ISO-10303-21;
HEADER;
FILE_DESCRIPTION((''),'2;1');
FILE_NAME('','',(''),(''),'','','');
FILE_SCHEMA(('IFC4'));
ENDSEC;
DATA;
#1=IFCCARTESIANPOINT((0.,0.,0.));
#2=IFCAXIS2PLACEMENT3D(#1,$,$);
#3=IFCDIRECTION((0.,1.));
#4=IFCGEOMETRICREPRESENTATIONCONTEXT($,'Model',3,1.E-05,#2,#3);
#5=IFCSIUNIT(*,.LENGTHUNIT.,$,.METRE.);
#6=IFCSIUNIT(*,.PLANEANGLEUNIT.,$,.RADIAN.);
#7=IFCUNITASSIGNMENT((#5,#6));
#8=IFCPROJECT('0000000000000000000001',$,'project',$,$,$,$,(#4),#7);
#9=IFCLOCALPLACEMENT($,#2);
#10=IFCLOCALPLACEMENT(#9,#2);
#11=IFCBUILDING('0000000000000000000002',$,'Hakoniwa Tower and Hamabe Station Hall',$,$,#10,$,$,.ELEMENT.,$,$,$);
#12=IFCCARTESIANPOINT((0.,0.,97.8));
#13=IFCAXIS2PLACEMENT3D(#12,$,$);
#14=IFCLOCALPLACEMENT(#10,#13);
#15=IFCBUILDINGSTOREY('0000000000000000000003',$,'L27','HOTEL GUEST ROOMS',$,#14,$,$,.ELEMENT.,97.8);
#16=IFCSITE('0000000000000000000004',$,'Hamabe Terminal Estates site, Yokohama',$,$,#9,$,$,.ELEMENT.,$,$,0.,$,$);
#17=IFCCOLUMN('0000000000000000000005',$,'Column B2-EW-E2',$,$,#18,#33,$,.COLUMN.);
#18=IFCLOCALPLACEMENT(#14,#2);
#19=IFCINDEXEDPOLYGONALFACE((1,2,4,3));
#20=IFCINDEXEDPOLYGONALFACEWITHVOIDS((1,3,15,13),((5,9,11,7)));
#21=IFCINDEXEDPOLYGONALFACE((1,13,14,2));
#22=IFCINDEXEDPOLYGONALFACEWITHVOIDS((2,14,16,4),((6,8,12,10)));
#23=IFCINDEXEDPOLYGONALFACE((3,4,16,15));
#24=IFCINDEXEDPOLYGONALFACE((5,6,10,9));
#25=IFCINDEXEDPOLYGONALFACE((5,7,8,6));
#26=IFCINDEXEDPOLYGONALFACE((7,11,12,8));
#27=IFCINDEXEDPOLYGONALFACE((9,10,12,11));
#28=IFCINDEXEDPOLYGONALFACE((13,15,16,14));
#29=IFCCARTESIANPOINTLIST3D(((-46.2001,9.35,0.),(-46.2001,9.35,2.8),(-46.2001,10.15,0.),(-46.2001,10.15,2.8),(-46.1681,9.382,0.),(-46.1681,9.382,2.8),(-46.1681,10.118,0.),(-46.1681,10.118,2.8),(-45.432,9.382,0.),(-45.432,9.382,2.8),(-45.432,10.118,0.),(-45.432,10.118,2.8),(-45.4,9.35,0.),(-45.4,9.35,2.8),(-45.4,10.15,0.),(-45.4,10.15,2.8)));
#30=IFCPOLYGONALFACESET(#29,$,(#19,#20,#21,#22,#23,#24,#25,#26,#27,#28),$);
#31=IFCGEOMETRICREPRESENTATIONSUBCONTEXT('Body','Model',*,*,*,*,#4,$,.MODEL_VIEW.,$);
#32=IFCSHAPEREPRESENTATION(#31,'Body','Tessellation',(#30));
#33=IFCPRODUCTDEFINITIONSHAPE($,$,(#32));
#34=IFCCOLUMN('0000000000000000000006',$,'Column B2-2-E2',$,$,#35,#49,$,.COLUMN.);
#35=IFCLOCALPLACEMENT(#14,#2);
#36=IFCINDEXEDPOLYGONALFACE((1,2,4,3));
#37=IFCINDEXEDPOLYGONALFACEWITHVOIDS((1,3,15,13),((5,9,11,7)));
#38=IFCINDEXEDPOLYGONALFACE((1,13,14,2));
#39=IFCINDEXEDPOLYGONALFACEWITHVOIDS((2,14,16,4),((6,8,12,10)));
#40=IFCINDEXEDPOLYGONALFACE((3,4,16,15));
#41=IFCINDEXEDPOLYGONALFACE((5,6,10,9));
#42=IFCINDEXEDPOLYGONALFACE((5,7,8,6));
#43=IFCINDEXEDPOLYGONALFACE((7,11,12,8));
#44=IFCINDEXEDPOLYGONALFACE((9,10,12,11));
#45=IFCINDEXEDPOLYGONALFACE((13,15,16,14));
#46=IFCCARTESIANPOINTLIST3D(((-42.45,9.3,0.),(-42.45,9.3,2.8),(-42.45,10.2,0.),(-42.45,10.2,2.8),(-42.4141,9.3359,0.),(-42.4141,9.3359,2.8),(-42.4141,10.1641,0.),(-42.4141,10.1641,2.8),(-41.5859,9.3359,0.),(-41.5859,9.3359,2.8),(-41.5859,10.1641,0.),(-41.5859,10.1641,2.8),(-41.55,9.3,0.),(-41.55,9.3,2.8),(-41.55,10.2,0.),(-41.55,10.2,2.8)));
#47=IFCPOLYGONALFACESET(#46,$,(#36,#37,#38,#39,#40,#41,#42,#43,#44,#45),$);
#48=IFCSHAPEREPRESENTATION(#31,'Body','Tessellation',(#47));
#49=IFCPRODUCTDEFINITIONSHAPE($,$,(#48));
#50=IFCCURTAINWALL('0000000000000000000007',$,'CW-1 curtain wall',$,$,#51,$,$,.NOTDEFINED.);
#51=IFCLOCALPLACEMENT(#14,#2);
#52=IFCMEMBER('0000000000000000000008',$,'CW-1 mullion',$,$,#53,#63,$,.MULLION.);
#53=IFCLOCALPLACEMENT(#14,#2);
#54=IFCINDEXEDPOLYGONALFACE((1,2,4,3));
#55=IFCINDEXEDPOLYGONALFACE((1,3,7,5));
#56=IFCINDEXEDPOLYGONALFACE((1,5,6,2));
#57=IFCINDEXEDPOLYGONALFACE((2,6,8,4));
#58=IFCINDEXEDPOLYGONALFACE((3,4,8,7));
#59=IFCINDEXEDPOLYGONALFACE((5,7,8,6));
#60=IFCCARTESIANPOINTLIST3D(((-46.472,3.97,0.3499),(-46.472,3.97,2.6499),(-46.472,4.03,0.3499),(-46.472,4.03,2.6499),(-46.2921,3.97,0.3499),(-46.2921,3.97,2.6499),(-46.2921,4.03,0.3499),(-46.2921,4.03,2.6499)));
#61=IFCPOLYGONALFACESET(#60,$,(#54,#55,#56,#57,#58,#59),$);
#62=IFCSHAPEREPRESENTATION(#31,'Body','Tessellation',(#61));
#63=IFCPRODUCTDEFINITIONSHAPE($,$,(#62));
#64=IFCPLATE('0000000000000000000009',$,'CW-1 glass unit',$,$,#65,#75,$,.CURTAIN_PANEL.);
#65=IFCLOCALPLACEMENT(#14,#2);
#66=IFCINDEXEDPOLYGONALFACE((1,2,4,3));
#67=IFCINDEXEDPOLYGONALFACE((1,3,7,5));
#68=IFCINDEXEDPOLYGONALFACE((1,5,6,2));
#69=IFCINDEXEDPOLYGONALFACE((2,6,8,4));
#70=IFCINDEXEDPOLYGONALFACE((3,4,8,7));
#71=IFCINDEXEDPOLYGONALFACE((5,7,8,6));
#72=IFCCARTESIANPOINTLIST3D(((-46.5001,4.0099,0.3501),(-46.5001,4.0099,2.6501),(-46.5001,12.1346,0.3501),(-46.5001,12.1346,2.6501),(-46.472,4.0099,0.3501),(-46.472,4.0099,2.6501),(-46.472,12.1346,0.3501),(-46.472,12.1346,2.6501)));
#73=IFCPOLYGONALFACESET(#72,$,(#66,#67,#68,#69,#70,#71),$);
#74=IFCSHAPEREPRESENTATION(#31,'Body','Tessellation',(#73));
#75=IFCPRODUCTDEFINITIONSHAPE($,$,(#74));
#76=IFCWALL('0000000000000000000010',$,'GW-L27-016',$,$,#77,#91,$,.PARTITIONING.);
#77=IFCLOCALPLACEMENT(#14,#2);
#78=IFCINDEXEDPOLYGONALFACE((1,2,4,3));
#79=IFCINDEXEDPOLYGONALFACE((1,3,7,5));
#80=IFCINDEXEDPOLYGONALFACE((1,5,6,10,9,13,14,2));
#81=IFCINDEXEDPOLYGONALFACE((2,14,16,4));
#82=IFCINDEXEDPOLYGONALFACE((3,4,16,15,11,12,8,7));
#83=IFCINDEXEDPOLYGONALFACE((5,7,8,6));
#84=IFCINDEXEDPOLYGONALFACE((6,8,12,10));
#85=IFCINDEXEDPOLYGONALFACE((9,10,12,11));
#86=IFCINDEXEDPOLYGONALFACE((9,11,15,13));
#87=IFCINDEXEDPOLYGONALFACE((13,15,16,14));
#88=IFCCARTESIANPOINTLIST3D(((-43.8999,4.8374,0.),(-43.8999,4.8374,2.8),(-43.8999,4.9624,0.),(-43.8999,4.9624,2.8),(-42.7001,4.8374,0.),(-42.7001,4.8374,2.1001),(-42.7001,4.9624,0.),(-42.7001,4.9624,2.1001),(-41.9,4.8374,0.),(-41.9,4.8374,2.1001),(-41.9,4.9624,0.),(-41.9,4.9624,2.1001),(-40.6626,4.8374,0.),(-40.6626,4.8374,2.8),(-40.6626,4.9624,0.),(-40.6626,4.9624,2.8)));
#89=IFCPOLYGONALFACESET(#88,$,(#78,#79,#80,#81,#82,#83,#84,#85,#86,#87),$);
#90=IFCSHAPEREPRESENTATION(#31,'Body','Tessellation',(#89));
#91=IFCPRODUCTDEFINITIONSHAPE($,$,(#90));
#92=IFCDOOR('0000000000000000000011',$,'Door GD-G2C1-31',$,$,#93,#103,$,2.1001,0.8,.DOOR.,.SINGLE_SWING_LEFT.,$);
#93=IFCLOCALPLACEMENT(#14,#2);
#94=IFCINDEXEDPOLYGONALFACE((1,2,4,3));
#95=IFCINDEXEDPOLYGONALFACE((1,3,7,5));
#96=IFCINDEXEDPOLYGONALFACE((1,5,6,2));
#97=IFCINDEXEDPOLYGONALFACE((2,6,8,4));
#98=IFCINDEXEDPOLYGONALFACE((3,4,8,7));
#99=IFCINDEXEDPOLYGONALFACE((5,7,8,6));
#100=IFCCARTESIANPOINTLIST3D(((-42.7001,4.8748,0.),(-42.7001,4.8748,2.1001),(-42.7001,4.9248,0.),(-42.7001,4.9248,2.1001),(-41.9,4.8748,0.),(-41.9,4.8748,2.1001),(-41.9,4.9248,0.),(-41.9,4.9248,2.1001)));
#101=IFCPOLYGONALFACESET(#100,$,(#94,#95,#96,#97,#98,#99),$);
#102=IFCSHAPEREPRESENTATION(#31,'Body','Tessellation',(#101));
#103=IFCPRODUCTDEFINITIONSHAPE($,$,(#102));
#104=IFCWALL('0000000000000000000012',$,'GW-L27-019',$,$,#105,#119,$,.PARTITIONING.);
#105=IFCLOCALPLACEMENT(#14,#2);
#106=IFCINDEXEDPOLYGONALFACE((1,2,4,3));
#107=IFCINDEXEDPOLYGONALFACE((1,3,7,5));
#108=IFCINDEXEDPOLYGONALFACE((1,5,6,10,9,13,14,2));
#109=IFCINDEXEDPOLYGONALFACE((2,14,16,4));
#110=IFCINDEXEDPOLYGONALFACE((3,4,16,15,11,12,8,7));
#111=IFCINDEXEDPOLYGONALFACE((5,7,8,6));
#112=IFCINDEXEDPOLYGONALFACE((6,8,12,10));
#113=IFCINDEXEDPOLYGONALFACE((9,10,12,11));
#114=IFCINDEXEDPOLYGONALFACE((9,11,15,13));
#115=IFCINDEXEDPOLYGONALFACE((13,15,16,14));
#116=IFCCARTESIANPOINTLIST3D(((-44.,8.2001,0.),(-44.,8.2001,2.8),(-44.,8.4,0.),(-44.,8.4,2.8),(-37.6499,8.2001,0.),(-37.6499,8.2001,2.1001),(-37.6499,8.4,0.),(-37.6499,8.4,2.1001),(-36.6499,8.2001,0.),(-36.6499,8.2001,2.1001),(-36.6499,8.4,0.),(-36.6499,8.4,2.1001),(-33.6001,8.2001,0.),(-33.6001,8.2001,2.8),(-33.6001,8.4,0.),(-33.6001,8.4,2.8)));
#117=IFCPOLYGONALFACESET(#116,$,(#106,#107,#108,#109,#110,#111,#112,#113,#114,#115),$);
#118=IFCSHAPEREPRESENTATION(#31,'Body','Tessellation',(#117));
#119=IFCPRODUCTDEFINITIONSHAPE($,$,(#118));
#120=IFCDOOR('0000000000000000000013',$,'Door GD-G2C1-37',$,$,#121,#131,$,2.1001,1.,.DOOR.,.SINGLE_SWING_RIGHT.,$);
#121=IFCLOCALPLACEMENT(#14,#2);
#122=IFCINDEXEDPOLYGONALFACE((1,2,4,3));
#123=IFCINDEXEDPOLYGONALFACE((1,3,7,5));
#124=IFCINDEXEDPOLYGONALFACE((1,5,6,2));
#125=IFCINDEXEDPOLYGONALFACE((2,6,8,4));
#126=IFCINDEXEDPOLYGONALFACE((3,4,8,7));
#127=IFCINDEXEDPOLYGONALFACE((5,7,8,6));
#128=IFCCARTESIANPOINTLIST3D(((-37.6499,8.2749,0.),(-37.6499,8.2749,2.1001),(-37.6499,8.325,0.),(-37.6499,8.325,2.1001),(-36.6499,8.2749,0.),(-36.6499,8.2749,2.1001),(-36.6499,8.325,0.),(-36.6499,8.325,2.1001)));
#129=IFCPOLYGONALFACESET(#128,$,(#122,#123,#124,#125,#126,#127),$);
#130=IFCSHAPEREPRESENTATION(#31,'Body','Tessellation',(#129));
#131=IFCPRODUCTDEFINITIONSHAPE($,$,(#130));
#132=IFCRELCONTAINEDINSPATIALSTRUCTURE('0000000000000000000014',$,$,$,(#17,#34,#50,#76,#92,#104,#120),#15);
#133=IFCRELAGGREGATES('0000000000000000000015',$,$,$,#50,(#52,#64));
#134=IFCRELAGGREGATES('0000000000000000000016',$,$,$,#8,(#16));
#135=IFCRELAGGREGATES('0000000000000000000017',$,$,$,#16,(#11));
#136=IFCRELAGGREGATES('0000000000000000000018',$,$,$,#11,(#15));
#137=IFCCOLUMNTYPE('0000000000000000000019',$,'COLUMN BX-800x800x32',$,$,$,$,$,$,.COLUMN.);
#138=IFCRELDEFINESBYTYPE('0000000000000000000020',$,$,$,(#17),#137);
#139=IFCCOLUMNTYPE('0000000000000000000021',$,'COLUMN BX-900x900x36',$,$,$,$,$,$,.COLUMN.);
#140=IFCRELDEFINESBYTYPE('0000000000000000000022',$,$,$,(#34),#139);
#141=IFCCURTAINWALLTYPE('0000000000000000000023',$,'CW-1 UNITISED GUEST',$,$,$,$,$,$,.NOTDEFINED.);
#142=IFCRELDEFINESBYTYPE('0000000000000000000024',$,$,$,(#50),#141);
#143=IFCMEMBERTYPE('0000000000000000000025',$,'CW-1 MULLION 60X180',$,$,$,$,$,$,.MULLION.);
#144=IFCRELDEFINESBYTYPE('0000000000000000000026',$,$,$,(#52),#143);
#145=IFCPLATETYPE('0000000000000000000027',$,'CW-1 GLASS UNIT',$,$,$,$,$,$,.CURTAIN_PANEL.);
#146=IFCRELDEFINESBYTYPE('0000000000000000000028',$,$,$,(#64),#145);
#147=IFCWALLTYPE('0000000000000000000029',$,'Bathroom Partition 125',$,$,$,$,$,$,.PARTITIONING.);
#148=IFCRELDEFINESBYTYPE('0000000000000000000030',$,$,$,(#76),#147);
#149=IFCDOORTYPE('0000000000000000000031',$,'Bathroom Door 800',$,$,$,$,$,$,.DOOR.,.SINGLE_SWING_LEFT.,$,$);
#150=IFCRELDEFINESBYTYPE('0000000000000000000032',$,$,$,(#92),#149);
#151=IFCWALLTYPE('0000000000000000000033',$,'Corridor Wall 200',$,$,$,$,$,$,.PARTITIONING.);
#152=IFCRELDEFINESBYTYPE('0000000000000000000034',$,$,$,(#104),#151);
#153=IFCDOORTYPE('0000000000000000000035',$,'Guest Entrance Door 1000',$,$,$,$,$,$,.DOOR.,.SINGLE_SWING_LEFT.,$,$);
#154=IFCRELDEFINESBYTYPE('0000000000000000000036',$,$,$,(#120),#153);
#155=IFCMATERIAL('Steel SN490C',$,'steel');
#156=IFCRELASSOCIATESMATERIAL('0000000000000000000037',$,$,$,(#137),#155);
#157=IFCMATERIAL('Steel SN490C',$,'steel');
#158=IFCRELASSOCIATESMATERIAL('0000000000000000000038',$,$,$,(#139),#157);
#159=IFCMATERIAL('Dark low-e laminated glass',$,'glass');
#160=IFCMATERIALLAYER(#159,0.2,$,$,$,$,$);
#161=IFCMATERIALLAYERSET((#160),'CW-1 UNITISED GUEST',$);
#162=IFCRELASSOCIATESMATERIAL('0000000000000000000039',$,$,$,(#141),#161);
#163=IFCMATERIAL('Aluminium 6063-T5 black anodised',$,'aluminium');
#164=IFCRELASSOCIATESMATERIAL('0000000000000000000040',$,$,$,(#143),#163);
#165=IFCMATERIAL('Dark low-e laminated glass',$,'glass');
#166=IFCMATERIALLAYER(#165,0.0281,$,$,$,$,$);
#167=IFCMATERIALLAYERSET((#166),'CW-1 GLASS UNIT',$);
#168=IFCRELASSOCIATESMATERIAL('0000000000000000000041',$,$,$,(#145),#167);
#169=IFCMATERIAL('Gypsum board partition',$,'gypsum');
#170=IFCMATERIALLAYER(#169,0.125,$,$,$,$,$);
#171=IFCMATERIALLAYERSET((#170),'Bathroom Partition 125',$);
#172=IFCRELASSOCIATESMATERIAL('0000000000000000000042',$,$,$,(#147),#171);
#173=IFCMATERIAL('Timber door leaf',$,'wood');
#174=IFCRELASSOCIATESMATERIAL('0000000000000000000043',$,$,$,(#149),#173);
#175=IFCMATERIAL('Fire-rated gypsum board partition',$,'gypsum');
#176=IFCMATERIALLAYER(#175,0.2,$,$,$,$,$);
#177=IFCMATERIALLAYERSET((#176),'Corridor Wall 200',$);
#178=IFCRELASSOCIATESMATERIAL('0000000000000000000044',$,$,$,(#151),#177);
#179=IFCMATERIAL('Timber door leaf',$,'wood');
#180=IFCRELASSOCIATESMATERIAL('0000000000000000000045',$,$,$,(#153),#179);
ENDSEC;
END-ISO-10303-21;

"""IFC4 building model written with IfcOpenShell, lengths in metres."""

from ifc_helpers import new_model, si_unit, direction, frame, frame_2d, origin, origin_2d, place, context, subcontext, project, spatial, rectangle, hollow_rectangle, extrude, material, layer, layer_set, material_profile, profile_set, type_object, element, fill, aggregate, save


model = new_model("IFC4")

# Units and contexts
model_context = context("Model", 3, precision=1e-05, world=origin(), true_north=direction((0.0, 1.0)))
body_context = subcontext(model_context, "Body", "Model", "MODEL_VIEW")
ifc_project = project(units=[si_unit("LENGTHUNIT", "METRE"), si_unit("PLANEANGLEUNIT", "RADIAN")], contexts=[model_context])

# Site, building, storey
site_placement = place(None, origin())
site = spatial("IfcSite", under=ifc_project, at=site_placement, Name="Hamabe Terminal Estates site, Yokohama", CompositionType="ELEMENT", RefElevation=0.0)
building_placement = place(site_placement, origin())
building = spatial("IfcBuilding", under=site, at=building_placement, Name="Hakoniwa Tower and Hamabe Station Hall", CompositionType="ELEMENT")
storey_placement = place(building_placement, frame((0.0, 0.0, 97.8)))
storey = spatial("IfcBuildingStorey", under=building, at=storey_placement, Name="L27", Description="HOTEL GUEST ROOMS", CompositionType="ELEMENT", Elevation=97.8)

# Columns
ifc_material_1 = material(Name="Steel SN490C", Category="steel")
ifc_material_profile_1 = material_profile(ifc_material_1, hollow_rectangle(XDim=0.8, YDim=0.8, WallThickness=0.032, at=origin_2d()), Name="BX-800x800x32")
ifc_profile_set_1 = profile_set([ifc_material_profile_1], Name="Steel SN490C")
column_type_1 = type_object("IfcColumnType", Name="COLUMN BX-800x800x32", PredefinedType="COLUMN", material=ifc_profile_set_1)
column_1_placement = place(storey_placement, frame((-45.8, 9.75, 0.0), z_axis=(0.0, 0.0, 1.0), x_axis=(1.0, 0.0, 0.0)))
element("IfcColumn", 1, at=column_1_placement, inside=storey, type_object=column_type_1, Name="Column B2-EW-E2", PredefinedType="COLUMN", context=body_context, shape_type="SweptSolid", body=[
    extrude(hollow_rectangle(XDim=0.8, YDim=0.8, WallThickness=0.032, at=origin_2d()), origin(), (0.0, 0.0, 1.0), 2.8),
])
ifc_material_2 = material(Name="Steel SN490C", Category="steel")
ifc_material_profile_2 = material_profile(ifc_material_2, hollow_rectangle(XDim=0.8999, YDim=0.8999, WallThickness=0.0359, at=origin_2d()), Name="BX-900x900x36")
ifc_profile_set_2 = profile_set([ifc_material_profile_2], Name="Steel SN490C")
column_type_2 = type_object("IfcColumnType", Name="COLUMN BX-900x900x36", PredefinedType="COLUMN", material=ifc_profile_set_2)
column_2_placement = place(storey_placement, frame((-42.0, 9.75, 0.0), z_axis=(0.0, 0.0, 1.0), x_axis=(1.0, 0.0, 0.0)))
element("IfcColumn", 2, at=column_2_placement, inside=storey, type_object=column_type_2, Name="Column B2-2-E2", PredefinedType="COLUMN", context=body_context, shape_type="SweptSolid", body=[
    extrude(hollow_rectangle(XDim=0.8999, YDim=0.8999, WallThickness=0.0359, at=origin_2d()), origin(), (0.0, 0.0, 1.0), 2.8),
])

# Curtain wall, member, plate
ifc_material_3 = material(Name="Dark low-e laminated glass", Category="glass")
ifc_layer_1 = layer(ifc_material_3, 0.2)
ifc_layer_set_1 = layer_set([ifc_layer_1], Name="CW-1 UNITISED GUEST")
curtain_wall_type = type_object("IfcCurtainWallType", Name="CW-1 UNITISED GUEST", PredefinedType="NOTDEFINED", material=ifc_layer_set_1)
curtain_wall_placement = place(storey_placement, origin())
curtain_wall = element("IfcCurtainWall", 3, at=curtain_wall_placement, inside=storey, type_object=curtain_wall_type, Name="CW-1 curtain wall", PredefinedType="NOTDEFINED")
ifc_material_4 = material(Name="Aluminium 6063-T5 black anodised", Category="aluminium")
ifc_material_profile_3 = material_profile(ifc_material_4, rectangle(XDim=0.0601, YDim=0.1799, at=origin_2d()), Name="CW-1 MULLION 60X180")
ifc_profile_set_3 = profile_set([ifc_material_profile_3], Name="Aluminium 6063-T5 black anodised")
member_type = type_object("IfcMemberType", Name="CW-1 MULLION 60X180", PredefinedType="MULLION", material=ifc_profile_set_3)
member_placement = place(storey_placement, frame((-46.3821, 4.0, 0.3499), z_axis=(0.0, 0.0, 1.0), x_axis=(0.0, -1.0, 0.0)))
member = element("IfcMember", 4, at=member_placement, type_object=member_type, Name="CW-1 mullion", PredefinedType="MULLION", context=body_context, shape_type="SweptSolid", body=[
    extrude(rectangle(XDim=0.0601, YDim=0.1799, at=origin_2d()), origin(), (0.0, 0.0, 1.0), 2.3),
])
ifc_material_5 = material(Name="Dark low-e laminated glass", Category="glass")
ifc_layer_2 = layer(ifc_material_5, 0.0281)
ifc_layer_set_2 = layer_set([ifc_layer_2], Name="CW-1 GLASS UNIT")
plate_type = type_object("IfcPlateType", Name="CW-1 GLASS UNIT", PredefinedType="CURTAIN_PANEL", material=ifc_layer_set_2)
plate_placement = place(storey_placement, frame((-46.4861, 8.0723, 0.3501), z_axis=(0.0, 0.0, 1.0), x_axis=(0.0, -1.0, 0.0)))
plate = element("IfcPlate", 5, at=plate_placement, type_object=plate_type, Name="CW-1 glass unit", PredefinedType="CURTAIN_PANEL", context=body_context, shape_type="SweptSolid", body=[
    extrude(rectangle(XDim=8.1248, YDim=0.0281, at=origin_2d()), origin(), (0.0, 0.0, 1.0), 2.3),
])
aggregate(curtain_wall, [member, plate])

# Walls, openings, doors
ifc_material_6 = material(Name="Gypsum board partition", Category="gypsum")
ifc_layer_3 = layer(ifc_material_6, 0.125)
ifc_layer_set_3 = layer_set([ifc_layer_3], Name="Bathroom Partition 125")
wall_type_1 = type_object("IfcWallType", Name="Bathroom Partition 125", PredefinedType="PARTITIONING", material=ifc_layer_set_3)
wall_1_placement = place(storey_placement, frame((-43.8999, 4.8999, 0.0), z_axis=(0.0, 0.0, 1.0), x_axis=(1.0, 0.0, 0.0)))
wall_1 = element("IfcWall", 6, at=wall_1_placement, inside=storey, type_object=wall_type_1, Name="GW-L27-016", PredefinedType="PARTITIONING", context=body_context, shape_type="SweptSolid", body=[
    extrude(rectangle(XDim=3.2373, YDim=0.125, at=frame_2d((1.6187, 0.0))), origin(), (0.0, 0.0, 1.0), 2.8),
])
opening_1_placement = place(wall_1_placement, frame((1.2, 0.0, 0.0)))
opening_1 = element("IfcOpeningElement", 7, at=opening_1_placement, cuts=wall_1, PredefinedType="OPENING", context=body_context, shape_type="SweptSolid", body=[
    extrude(rectangle(XDim=0.8, YDim=2.1001, at=frame_2d((0.3999, 1.05))), frame((0.0, 0.0725, 0.0), z_axis=(0.0, -1.0, 0.0), x_axis=(1.0, 0.0, 0.0)), (0.0, 0.0, 1.0), 0.145),
])
ifc_material_7 = material(Name="Timber door leaf", Category="wood")
door_type_1 = type_object("IfcDoorType", Name="Bathroom Door 800", OperationType="SINGLE_SWING_LEFT", PredefinedType="DOOR", material=ifc_material_7)
door_1_placement = place(opening_1_placement, origin())
door_1 = element("IfcDoor", 8, at=door_1_placement, inside=storey, type_object=door_type_1, Name="Door GD-G2C1-31", OperationType="SINGLE_SWING_LEFT", OverallHeight=2.1001, OverallWidth=0.8, PredefinedType="DOOR", context=body_context, shape_type="SweptSolid", body=[
    extrude(rectangle(XDim=0.8, YDim=2.1001, at=frame_2d((0.3999, 1.05))), frame((0.0, 0.0249, 0.0), z_axis=(0.0, -1.0, 0.0), x_axis=(1.0, 0.0, 0.0)), (0.0, 0.0, 1.0), 0.05),
])
fill(opening_1, door_1)
ifc_material_8 = material(Name="Fire-rated gypsum board partition", Category="gypsum")
ifc_layer_4 = layer(ifc_material_8, 0.2)
ifc_layer_set_4 = layer_set([ifc_layer_4], Name="Corridor Wall 200")
wall_type_2 = type_object("IfcWallType", Name="Corridor Wall 200", PredefinedType="PARTITIONING", material=ifc_layer_set_4)
wall_2_placement = place(storey_placement, frame((-44.0, 8.3, 0.0), z_axis=(0.0, 0.0, 1.0), x_axis=(1.0, 0.0, 0.0)))
wall_2 = element("IfcWall", 9, at=wall_2_placement, inside=storey, type_object=wall_type_2, Name="GW-L27-019", PredefinedType="PARTITIONING", context=body_context, shape_type="SweptSolid", body=[
    extrude(rectangle(XDim=10.3999, YDim=0.2, at=frame_2d((5.2, 0.0))), origin(), (0.0, 0.0, 1.0), 2.8),
])
opening_2_placement = place(wall_2_placement, frame((6.3501, 0.0, 0.0)))
opening_2 = element("IfcOpeningElement", 10, at=opening_2_placement, cuts=wall_2, PredefinedType="OPENING", context=body_context, shape_type="SweptSolid", body=[
    extrude(rectangle(XDim=1.0, YDim=2.1001, at=frame_2d((0.5, 1.05))), frame((0.0, 0.1099, 0.0), z_axis=(0.0, -1.0, 0.0), x_axis=(1.0, 0.0, 0.0)), (0.0, 0.0, 1.0), 0.22),
])
ifc_material_9 = material(Name="Timber door leaf", Category="wood")
door_type_2 = type_object("IfcDoorType", Name="Guest Entrance Door 1000", OperationType="SINGLE_SWING_LEFT", PredefinedType="DOOR", material=ifc_material_9)
door_2_placement = place(opening_2_placement, origin())
door_2 = element("IfcDoor", 11, at=door_2_placement, inside=storey, type_object=door_type_2, Name="Door GD-G2C1-37", OperationType="SINGLE_SWING_RIGHT", OverallHeight=2.1001, OverallWidth=1.0, PredefinedType="DOOR", context=body_context, shape_type="SweptSolid", body=[
    extrude(rectangle(XDim=1.0, YDim=2.1001, at=frame_2d((0.5, 1.05))), frame((0.0, 0.0249, 0.0), z_axis=(0.0, -1.0, 0.0), x_axis=(1.0, 0.0, 0.0)), (0.0, 0.0, 1.0), 0.05),
])
fill(opening_2, door_2)

save(model, "model.ifc")
